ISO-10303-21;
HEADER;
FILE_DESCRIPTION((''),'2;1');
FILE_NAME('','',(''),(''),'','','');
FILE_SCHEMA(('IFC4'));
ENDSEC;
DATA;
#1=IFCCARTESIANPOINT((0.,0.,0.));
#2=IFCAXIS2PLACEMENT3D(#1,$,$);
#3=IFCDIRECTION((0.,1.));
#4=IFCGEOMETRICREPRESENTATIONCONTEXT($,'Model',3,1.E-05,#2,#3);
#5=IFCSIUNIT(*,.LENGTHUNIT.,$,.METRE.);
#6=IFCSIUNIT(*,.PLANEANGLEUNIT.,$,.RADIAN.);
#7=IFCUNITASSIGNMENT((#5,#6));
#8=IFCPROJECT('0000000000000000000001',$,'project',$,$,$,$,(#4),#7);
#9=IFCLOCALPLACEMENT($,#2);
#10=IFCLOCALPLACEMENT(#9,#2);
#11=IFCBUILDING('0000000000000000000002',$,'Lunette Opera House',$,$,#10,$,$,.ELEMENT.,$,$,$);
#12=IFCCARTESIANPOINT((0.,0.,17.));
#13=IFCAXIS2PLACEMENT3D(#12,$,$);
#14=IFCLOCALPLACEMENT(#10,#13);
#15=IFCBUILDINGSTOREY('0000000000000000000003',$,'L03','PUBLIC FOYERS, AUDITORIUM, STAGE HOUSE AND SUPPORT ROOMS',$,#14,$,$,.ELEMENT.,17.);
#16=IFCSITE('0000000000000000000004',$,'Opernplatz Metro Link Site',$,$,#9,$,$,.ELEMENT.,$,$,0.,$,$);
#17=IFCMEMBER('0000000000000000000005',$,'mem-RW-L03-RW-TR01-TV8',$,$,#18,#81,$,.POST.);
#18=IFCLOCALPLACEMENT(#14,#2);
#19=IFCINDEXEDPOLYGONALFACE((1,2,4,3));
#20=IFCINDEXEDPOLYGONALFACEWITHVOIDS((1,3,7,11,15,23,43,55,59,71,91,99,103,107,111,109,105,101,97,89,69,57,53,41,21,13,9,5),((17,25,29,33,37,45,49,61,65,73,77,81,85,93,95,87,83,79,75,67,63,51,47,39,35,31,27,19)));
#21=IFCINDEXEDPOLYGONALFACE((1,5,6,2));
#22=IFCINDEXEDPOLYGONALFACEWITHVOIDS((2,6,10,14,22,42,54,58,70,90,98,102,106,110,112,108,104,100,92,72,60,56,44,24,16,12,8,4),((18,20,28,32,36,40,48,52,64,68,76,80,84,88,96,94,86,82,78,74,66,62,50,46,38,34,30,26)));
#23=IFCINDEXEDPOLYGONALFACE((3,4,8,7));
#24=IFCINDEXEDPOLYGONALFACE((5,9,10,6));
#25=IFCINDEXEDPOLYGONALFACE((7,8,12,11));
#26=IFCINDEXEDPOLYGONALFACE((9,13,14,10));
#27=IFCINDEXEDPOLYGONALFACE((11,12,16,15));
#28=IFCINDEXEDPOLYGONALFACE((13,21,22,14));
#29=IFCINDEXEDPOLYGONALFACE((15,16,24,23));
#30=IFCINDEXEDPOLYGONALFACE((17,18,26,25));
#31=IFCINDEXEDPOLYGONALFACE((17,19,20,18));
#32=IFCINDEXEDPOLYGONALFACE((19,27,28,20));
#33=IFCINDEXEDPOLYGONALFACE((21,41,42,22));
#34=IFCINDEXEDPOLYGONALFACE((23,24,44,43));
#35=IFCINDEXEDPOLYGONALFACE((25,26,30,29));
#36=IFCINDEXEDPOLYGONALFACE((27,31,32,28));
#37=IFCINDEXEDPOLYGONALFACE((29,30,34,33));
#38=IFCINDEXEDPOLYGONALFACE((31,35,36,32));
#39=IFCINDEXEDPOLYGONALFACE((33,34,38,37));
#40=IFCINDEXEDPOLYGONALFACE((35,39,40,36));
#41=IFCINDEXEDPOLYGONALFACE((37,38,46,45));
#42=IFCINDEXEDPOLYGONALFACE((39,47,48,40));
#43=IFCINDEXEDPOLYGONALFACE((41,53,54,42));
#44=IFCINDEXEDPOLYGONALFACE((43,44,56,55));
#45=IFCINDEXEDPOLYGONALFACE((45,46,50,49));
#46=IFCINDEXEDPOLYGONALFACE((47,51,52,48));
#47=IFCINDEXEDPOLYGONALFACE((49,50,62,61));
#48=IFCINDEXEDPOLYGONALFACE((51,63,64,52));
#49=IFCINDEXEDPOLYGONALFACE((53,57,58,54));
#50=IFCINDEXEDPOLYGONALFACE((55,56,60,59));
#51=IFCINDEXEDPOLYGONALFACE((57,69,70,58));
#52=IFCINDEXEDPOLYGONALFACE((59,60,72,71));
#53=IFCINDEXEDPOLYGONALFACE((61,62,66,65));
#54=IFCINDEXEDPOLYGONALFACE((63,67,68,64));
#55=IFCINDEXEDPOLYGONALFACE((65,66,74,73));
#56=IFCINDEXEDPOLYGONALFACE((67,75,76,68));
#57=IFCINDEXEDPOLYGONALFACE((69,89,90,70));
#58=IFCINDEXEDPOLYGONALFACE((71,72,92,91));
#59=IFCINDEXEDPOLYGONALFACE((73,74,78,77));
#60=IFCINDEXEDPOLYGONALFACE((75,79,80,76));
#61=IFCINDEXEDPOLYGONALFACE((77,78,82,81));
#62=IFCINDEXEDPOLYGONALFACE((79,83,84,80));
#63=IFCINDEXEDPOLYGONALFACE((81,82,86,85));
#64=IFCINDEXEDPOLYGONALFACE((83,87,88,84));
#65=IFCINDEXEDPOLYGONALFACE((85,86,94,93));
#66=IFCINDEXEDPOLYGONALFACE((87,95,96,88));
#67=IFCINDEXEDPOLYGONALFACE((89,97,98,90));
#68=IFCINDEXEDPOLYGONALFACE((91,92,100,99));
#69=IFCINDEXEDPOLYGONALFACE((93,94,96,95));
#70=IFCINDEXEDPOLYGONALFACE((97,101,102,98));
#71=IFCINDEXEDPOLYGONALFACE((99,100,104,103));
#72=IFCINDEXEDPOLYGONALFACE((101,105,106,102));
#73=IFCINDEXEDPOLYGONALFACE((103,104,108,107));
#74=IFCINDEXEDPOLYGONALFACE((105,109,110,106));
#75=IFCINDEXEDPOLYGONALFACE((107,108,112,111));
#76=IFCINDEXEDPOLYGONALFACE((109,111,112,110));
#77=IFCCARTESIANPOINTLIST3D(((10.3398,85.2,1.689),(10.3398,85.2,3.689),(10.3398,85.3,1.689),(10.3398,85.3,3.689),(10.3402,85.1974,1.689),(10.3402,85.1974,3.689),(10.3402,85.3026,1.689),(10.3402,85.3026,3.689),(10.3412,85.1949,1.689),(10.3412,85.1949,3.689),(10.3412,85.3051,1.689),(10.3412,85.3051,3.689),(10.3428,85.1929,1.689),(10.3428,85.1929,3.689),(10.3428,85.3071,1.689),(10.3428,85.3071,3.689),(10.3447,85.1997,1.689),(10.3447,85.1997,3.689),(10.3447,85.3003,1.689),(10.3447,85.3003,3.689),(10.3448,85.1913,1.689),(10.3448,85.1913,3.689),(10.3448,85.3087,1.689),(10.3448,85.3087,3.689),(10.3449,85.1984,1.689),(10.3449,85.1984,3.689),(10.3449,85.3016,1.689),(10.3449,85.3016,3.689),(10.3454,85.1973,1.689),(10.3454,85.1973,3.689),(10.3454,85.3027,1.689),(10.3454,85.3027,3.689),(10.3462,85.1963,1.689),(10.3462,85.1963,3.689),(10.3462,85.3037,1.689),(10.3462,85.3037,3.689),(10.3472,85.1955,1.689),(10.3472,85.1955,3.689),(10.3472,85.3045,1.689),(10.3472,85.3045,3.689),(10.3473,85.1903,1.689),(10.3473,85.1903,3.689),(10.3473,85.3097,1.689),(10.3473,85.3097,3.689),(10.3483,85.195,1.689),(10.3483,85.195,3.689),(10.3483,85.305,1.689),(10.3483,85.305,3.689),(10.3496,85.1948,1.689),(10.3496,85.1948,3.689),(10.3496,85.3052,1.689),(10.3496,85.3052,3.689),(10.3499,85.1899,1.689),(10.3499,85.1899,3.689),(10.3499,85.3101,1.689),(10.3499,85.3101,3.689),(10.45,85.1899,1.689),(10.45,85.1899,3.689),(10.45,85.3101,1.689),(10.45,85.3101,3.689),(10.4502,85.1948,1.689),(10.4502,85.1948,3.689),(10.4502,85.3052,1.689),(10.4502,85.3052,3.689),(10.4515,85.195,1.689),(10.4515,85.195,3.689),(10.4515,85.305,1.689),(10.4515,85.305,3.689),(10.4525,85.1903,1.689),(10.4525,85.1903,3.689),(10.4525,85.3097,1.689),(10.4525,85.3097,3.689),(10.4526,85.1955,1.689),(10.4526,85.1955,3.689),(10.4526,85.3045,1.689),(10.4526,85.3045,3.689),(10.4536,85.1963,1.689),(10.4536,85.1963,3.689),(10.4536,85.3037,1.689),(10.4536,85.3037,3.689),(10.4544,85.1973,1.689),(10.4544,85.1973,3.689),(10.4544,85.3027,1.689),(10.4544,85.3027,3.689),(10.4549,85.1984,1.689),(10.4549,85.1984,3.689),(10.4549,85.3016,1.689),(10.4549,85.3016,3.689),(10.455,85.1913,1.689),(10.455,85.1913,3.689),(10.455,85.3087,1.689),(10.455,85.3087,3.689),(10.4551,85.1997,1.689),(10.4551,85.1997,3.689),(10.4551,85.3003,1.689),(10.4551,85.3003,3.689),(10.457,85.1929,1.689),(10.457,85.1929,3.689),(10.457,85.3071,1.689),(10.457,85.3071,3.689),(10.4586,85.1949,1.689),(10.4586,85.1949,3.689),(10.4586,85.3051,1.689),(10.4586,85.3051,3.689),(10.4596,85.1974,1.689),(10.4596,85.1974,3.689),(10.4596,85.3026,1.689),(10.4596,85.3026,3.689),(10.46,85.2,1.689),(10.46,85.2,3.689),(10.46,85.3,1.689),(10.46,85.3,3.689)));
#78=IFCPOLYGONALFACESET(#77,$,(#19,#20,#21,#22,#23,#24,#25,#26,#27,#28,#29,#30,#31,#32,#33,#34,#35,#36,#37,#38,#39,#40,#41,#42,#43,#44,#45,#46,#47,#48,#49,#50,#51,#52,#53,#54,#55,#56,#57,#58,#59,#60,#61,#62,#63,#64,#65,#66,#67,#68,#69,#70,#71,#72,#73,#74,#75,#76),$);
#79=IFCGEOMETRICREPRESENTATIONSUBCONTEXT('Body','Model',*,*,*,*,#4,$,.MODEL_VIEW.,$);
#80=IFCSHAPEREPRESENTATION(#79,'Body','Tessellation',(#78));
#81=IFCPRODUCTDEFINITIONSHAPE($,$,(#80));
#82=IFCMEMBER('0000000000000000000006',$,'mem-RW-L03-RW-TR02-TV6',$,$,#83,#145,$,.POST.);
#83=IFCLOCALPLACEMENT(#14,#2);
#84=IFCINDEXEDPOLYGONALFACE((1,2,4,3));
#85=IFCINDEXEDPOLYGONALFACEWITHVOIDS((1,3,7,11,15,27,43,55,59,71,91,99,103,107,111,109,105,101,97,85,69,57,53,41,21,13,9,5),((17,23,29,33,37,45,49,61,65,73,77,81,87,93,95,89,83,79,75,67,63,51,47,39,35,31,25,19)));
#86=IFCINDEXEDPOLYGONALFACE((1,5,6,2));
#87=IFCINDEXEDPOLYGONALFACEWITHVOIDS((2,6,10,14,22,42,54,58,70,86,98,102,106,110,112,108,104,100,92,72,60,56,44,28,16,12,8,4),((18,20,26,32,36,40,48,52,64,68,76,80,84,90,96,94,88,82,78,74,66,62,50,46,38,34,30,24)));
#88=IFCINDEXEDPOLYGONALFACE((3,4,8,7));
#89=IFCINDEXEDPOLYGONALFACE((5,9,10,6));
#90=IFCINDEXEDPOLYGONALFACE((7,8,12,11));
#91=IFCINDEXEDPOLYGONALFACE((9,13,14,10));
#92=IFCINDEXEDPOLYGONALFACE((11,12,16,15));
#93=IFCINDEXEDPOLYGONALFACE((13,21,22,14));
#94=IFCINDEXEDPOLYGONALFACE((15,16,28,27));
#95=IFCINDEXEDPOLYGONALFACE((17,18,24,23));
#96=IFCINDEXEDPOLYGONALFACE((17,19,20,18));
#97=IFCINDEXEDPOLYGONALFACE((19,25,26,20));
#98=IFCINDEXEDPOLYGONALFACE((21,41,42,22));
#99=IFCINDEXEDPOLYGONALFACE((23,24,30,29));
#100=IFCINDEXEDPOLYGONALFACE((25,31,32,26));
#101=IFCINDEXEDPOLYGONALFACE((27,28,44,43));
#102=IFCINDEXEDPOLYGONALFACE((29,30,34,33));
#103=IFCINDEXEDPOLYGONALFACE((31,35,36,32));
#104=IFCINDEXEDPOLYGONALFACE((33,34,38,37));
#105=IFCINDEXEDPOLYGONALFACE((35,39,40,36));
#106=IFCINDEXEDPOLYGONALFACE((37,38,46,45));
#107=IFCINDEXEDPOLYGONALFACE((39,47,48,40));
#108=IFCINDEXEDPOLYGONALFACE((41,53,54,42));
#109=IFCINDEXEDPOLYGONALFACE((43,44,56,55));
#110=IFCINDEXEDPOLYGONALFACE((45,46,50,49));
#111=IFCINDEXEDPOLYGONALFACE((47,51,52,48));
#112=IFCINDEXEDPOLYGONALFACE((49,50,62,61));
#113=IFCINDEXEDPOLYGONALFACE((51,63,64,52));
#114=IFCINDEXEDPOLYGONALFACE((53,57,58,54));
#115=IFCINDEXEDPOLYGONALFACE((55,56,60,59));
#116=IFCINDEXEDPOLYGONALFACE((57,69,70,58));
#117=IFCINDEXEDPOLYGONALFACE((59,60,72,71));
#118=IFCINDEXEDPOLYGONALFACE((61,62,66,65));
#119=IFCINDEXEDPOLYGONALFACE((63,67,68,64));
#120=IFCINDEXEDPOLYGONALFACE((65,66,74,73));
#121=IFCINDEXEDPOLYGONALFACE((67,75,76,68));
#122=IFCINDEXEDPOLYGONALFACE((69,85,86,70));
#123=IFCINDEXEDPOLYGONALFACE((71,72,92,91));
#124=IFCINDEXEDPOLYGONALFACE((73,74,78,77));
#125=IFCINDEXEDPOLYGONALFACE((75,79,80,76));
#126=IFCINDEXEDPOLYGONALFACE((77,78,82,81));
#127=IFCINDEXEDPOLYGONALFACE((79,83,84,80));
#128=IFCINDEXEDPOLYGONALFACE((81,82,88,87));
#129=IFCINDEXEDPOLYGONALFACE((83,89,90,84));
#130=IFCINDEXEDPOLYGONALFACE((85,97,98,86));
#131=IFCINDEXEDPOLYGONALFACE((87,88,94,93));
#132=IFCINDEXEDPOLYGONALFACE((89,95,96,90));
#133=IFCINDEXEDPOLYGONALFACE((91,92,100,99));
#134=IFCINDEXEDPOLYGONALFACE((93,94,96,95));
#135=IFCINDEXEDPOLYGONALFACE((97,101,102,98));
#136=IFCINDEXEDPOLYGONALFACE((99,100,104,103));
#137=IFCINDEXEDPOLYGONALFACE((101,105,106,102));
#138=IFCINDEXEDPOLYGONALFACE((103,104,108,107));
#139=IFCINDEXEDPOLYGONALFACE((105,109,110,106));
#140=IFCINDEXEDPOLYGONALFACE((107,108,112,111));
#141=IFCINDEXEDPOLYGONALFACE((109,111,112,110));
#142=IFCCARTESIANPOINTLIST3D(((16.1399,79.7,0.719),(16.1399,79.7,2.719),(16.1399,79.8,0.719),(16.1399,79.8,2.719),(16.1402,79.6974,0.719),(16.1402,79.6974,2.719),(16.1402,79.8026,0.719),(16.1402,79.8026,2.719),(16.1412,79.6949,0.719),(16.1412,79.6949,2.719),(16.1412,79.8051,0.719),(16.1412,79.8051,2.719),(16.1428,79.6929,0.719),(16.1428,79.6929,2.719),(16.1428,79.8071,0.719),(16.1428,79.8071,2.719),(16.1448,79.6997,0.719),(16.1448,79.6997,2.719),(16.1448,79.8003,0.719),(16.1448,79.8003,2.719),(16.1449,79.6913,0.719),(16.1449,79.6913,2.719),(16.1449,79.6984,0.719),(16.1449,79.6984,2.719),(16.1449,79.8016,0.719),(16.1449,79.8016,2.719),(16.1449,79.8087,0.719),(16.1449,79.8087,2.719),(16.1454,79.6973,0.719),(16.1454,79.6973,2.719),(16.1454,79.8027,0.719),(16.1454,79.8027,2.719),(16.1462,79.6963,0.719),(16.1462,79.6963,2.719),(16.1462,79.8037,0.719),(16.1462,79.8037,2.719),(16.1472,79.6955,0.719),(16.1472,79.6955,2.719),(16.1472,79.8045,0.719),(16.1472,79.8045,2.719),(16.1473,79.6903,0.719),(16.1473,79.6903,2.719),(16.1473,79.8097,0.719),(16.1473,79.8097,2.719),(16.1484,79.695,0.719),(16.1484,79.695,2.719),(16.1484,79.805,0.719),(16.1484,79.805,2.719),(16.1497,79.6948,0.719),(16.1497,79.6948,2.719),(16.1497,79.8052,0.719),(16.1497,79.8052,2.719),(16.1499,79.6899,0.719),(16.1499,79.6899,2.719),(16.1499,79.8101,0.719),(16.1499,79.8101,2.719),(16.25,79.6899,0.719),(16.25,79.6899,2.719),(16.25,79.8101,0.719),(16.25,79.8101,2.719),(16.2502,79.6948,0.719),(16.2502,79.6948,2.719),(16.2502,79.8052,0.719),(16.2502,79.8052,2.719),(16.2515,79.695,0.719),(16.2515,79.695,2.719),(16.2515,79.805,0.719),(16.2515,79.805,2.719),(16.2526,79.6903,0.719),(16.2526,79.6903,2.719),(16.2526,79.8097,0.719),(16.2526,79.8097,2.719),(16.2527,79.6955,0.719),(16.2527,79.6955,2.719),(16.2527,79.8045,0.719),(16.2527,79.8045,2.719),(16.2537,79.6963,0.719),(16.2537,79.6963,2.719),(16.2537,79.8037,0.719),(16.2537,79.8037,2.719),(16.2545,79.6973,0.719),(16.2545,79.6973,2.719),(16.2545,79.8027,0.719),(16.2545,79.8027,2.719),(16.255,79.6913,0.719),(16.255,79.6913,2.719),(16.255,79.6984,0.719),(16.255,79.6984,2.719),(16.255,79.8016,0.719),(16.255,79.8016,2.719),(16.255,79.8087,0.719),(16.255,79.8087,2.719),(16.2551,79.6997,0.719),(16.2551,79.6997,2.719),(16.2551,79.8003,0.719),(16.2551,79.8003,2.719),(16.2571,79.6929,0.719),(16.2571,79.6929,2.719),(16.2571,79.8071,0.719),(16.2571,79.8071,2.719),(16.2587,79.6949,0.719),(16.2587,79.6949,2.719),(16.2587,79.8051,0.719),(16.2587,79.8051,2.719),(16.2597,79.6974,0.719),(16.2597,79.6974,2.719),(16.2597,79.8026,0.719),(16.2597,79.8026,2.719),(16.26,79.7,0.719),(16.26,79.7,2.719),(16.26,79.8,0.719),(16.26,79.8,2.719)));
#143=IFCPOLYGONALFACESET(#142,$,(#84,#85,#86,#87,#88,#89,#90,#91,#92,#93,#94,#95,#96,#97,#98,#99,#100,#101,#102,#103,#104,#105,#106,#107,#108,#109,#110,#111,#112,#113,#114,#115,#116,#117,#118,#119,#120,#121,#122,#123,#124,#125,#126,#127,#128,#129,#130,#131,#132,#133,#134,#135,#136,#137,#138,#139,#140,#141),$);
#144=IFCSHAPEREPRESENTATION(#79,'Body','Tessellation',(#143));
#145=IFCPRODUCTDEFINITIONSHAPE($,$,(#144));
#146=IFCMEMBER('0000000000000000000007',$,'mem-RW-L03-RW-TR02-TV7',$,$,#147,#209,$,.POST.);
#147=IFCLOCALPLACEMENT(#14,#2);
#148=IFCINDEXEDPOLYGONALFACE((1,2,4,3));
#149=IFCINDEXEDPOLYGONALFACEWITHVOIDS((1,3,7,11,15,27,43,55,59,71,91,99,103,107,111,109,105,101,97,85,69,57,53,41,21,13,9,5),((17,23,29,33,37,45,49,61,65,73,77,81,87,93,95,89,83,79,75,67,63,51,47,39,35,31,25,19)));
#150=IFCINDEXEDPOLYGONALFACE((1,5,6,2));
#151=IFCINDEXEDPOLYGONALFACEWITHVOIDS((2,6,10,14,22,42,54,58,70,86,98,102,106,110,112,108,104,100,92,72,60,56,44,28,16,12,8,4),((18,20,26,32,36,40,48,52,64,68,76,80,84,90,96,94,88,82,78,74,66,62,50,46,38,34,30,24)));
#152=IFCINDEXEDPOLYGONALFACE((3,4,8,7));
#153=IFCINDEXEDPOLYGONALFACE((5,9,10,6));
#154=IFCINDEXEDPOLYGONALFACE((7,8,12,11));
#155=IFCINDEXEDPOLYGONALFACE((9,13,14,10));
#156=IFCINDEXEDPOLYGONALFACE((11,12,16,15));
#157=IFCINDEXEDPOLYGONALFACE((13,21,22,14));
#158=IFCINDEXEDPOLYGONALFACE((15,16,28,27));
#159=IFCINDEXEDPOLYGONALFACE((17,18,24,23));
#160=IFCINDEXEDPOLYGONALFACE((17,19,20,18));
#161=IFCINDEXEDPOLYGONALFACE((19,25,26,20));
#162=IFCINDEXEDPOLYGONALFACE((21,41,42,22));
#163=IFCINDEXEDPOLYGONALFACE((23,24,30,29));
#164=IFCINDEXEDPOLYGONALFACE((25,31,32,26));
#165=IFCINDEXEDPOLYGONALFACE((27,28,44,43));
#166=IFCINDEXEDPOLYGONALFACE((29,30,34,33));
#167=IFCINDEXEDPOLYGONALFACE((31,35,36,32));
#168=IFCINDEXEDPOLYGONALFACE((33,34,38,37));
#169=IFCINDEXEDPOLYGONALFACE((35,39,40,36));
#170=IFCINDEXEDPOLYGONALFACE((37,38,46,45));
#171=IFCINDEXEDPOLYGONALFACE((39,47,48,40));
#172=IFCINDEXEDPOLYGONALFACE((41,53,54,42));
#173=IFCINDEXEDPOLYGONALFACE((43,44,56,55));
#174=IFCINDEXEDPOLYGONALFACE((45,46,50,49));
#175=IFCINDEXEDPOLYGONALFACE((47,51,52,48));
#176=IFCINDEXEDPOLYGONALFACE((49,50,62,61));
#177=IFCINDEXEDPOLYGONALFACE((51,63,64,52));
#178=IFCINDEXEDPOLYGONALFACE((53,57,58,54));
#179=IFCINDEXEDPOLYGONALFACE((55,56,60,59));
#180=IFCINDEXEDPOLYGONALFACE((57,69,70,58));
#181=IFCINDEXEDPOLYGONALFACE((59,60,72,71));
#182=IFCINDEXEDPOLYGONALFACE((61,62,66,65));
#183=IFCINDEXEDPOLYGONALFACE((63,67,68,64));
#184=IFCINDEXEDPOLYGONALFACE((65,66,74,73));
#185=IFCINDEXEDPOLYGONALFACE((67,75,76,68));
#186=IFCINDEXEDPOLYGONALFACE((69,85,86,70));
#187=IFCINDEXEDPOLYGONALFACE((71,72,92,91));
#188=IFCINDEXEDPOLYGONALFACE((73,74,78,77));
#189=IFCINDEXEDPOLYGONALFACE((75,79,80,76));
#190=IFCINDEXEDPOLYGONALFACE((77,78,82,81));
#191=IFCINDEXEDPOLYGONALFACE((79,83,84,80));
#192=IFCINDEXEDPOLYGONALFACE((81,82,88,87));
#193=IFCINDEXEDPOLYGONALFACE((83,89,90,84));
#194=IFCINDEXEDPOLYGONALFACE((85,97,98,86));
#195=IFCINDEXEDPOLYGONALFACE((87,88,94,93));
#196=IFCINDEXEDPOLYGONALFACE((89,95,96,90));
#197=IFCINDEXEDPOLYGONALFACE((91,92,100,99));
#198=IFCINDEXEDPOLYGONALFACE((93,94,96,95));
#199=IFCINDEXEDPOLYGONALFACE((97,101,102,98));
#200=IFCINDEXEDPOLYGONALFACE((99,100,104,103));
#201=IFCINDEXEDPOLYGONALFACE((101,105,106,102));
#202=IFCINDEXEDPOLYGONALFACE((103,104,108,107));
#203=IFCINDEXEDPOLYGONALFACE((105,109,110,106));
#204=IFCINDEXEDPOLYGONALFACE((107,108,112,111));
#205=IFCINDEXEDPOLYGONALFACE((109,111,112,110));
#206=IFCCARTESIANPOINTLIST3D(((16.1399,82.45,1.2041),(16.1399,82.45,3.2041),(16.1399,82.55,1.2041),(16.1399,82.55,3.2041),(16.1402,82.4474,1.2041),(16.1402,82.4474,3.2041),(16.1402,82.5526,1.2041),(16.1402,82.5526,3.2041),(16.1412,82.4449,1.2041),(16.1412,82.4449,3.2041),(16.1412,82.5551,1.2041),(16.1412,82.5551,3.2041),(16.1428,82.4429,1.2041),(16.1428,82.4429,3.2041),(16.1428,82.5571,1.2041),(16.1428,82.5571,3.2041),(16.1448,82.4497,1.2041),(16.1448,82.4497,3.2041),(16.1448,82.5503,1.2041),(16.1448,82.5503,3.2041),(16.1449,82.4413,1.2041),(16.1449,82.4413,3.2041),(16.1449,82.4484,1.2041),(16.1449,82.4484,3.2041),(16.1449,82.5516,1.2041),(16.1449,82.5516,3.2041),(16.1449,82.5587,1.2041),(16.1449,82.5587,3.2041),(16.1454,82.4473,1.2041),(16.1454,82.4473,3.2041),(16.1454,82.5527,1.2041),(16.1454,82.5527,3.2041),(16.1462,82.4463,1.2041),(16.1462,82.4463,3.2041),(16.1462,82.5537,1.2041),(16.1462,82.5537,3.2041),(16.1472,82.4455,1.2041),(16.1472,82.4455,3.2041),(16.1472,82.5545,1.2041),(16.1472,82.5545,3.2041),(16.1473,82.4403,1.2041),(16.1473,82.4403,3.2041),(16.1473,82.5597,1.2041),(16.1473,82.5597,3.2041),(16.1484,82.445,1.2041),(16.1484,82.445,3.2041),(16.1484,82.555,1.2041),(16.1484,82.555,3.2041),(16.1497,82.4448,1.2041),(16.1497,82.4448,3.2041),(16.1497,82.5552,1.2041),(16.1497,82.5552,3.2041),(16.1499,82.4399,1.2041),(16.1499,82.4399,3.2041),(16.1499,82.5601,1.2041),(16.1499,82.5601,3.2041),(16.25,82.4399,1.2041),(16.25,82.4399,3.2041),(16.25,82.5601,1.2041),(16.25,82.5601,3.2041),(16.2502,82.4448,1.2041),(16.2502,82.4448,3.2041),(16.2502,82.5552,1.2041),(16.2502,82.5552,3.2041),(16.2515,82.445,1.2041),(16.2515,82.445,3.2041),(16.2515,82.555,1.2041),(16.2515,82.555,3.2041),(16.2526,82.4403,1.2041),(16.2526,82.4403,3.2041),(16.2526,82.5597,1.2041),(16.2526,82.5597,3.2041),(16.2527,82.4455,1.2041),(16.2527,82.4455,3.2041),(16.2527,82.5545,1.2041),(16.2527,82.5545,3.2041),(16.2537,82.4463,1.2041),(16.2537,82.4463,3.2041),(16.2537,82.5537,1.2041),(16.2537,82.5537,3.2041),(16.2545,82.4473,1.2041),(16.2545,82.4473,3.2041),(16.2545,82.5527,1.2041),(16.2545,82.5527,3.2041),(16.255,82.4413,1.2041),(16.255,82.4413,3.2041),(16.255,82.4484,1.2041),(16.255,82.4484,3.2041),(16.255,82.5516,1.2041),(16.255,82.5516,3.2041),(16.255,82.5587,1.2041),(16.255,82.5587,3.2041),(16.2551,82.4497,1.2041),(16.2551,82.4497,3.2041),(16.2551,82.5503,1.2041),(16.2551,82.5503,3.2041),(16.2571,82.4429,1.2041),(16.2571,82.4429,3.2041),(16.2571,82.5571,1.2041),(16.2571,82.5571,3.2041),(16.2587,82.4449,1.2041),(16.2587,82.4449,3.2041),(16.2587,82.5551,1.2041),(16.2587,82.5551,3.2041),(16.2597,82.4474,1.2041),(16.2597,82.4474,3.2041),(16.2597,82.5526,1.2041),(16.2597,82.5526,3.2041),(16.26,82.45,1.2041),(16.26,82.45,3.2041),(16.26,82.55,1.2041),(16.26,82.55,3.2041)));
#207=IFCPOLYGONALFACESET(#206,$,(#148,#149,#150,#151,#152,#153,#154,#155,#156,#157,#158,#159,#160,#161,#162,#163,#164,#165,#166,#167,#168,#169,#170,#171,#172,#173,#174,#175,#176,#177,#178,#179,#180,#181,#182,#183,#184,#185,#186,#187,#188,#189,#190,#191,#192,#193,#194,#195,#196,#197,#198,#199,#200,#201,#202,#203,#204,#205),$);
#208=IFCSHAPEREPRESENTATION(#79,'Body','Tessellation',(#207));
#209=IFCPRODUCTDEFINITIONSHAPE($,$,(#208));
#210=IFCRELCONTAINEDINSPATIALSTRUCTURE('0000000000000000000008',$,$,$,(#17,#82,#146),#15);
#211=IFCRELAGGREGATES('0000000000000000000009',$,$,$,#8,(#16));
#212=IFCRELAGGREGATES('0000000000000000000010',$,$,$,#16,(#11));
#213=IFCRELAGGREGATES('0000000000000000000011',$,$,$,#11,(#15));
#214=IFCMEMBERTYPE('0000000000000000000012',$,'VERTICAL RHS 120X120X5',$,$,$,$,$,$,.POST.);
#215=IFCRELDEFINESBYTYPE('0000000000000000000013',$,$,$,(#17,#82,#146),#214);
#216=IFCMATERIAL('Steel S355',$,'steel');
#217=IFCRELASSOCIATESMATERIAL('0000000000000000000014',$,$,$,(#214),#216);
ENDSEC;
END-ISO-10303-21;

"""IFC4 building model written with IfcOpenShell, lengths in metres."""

from ifc_helpers import new_model, si_unit, direction, frame, origin, origin_2d, place, context, subcontext, project, spatial, hollow_rectangle, extrude, material, material_profile, profile_set, type_object, element, save


model = new_model("IFC4")

# Units and contexts
model_context = context("Model", 3, precision=1e-05, world=origin(), true_north=direction((0.0, 1.0)))
body_context = subcontext(model_context, "Body", "Model", "MODEL_VIEW")
ifc_project = project(units=[si_unit("LENGTHUNIT", "METRE"), si_unit("PLANEANGLEUNIT", "RADIAN")], contexts=[model_context])

# Site, building, storey
site_placement = place(None, origin())
site = spatial("IfcSite", under=ifc_project, at=site_placement, Name="Opernplatz Metro Link Site", CompositionType="ELEMENT", RefElevation=0.0)
building_placement = place(site_placement, origin())
building = spatial("IfcBuilding", under=site, at=building_placement, Name="Lunette Opera House", CompositionType="ELEMENT")
storey_placement = place(building_placement, frame((0.0, 0.0, 17.0)))
storey = spatial("IfcBuildingStorey", under=building, at=storey_placement, Name="L03", Description="PUBLIC FOYERS, AUDITORIUM, STAGE HOUSE AND SUPPORT ROOMS", CompositionType="ELEMENT", Elevation=17.0)

# Members
ifc_material_1 = material(Name="Steel S355", Category="steel")
ifc_material_profile_1 = material_profile(ifc_material_1, hollow_rectangle(XDim=0.1201, YDim=0.1201, WallThickness=0.0049, InnerFilletRadius=0.0049, OuterFilletRadius=0.01, at=origin_2d()), Name="RHS 120X120X5")
ifc_profile_set_1 = profile_set([ifc_material_profile_1], Name="Steel S355")
member_type_1 = type_object("IfcMemberType", Name="VERTICAL RHS 120X120X5", PredefinedType="POST", material=ifc_profile_set_1)
for number, where, z_axis, x_axis, name in (
    (1, (10.3999, 85.25, 1.689), (0.0, 0.0, 1.0), (1.0, 0.0, 0.0), "mem-RW-L03-RW-TR01-TV8"),
    (2, (16.2, 79.75, 0.719), (0.0, 0.0, 1.0), (1.0, 0.0, 0.0), "mem-RW-L03-RW-TR02-TV6"),
    (3, (16.2, 82.5, 1.2041), (0.0, 0.0, 1.0), (1.0, 0.0, 0.0), "mem-RW-L03-RW-TR02-TV7"),
):
    element("IfcMember", number, at=place(storey_placement, frame(where, z_axis=z_axis, x_axis=x_axis)), inside=storey, type_object=member_type_1, Name=name, PredefinedType="POST", context=body_context, shape_type="SweptSolid", body=[
        extrude(hollow_rectangle(XDim=0.1201, YDim=0.1201, WallThickness=0.0049, InnerFilletRadius=0.0049, OuterFilletRadius=0.01, at=origin_2d()), origin(), (0.0, 0.0, 1.0), 2.0),
    ])

save(model, "model.ifc")
